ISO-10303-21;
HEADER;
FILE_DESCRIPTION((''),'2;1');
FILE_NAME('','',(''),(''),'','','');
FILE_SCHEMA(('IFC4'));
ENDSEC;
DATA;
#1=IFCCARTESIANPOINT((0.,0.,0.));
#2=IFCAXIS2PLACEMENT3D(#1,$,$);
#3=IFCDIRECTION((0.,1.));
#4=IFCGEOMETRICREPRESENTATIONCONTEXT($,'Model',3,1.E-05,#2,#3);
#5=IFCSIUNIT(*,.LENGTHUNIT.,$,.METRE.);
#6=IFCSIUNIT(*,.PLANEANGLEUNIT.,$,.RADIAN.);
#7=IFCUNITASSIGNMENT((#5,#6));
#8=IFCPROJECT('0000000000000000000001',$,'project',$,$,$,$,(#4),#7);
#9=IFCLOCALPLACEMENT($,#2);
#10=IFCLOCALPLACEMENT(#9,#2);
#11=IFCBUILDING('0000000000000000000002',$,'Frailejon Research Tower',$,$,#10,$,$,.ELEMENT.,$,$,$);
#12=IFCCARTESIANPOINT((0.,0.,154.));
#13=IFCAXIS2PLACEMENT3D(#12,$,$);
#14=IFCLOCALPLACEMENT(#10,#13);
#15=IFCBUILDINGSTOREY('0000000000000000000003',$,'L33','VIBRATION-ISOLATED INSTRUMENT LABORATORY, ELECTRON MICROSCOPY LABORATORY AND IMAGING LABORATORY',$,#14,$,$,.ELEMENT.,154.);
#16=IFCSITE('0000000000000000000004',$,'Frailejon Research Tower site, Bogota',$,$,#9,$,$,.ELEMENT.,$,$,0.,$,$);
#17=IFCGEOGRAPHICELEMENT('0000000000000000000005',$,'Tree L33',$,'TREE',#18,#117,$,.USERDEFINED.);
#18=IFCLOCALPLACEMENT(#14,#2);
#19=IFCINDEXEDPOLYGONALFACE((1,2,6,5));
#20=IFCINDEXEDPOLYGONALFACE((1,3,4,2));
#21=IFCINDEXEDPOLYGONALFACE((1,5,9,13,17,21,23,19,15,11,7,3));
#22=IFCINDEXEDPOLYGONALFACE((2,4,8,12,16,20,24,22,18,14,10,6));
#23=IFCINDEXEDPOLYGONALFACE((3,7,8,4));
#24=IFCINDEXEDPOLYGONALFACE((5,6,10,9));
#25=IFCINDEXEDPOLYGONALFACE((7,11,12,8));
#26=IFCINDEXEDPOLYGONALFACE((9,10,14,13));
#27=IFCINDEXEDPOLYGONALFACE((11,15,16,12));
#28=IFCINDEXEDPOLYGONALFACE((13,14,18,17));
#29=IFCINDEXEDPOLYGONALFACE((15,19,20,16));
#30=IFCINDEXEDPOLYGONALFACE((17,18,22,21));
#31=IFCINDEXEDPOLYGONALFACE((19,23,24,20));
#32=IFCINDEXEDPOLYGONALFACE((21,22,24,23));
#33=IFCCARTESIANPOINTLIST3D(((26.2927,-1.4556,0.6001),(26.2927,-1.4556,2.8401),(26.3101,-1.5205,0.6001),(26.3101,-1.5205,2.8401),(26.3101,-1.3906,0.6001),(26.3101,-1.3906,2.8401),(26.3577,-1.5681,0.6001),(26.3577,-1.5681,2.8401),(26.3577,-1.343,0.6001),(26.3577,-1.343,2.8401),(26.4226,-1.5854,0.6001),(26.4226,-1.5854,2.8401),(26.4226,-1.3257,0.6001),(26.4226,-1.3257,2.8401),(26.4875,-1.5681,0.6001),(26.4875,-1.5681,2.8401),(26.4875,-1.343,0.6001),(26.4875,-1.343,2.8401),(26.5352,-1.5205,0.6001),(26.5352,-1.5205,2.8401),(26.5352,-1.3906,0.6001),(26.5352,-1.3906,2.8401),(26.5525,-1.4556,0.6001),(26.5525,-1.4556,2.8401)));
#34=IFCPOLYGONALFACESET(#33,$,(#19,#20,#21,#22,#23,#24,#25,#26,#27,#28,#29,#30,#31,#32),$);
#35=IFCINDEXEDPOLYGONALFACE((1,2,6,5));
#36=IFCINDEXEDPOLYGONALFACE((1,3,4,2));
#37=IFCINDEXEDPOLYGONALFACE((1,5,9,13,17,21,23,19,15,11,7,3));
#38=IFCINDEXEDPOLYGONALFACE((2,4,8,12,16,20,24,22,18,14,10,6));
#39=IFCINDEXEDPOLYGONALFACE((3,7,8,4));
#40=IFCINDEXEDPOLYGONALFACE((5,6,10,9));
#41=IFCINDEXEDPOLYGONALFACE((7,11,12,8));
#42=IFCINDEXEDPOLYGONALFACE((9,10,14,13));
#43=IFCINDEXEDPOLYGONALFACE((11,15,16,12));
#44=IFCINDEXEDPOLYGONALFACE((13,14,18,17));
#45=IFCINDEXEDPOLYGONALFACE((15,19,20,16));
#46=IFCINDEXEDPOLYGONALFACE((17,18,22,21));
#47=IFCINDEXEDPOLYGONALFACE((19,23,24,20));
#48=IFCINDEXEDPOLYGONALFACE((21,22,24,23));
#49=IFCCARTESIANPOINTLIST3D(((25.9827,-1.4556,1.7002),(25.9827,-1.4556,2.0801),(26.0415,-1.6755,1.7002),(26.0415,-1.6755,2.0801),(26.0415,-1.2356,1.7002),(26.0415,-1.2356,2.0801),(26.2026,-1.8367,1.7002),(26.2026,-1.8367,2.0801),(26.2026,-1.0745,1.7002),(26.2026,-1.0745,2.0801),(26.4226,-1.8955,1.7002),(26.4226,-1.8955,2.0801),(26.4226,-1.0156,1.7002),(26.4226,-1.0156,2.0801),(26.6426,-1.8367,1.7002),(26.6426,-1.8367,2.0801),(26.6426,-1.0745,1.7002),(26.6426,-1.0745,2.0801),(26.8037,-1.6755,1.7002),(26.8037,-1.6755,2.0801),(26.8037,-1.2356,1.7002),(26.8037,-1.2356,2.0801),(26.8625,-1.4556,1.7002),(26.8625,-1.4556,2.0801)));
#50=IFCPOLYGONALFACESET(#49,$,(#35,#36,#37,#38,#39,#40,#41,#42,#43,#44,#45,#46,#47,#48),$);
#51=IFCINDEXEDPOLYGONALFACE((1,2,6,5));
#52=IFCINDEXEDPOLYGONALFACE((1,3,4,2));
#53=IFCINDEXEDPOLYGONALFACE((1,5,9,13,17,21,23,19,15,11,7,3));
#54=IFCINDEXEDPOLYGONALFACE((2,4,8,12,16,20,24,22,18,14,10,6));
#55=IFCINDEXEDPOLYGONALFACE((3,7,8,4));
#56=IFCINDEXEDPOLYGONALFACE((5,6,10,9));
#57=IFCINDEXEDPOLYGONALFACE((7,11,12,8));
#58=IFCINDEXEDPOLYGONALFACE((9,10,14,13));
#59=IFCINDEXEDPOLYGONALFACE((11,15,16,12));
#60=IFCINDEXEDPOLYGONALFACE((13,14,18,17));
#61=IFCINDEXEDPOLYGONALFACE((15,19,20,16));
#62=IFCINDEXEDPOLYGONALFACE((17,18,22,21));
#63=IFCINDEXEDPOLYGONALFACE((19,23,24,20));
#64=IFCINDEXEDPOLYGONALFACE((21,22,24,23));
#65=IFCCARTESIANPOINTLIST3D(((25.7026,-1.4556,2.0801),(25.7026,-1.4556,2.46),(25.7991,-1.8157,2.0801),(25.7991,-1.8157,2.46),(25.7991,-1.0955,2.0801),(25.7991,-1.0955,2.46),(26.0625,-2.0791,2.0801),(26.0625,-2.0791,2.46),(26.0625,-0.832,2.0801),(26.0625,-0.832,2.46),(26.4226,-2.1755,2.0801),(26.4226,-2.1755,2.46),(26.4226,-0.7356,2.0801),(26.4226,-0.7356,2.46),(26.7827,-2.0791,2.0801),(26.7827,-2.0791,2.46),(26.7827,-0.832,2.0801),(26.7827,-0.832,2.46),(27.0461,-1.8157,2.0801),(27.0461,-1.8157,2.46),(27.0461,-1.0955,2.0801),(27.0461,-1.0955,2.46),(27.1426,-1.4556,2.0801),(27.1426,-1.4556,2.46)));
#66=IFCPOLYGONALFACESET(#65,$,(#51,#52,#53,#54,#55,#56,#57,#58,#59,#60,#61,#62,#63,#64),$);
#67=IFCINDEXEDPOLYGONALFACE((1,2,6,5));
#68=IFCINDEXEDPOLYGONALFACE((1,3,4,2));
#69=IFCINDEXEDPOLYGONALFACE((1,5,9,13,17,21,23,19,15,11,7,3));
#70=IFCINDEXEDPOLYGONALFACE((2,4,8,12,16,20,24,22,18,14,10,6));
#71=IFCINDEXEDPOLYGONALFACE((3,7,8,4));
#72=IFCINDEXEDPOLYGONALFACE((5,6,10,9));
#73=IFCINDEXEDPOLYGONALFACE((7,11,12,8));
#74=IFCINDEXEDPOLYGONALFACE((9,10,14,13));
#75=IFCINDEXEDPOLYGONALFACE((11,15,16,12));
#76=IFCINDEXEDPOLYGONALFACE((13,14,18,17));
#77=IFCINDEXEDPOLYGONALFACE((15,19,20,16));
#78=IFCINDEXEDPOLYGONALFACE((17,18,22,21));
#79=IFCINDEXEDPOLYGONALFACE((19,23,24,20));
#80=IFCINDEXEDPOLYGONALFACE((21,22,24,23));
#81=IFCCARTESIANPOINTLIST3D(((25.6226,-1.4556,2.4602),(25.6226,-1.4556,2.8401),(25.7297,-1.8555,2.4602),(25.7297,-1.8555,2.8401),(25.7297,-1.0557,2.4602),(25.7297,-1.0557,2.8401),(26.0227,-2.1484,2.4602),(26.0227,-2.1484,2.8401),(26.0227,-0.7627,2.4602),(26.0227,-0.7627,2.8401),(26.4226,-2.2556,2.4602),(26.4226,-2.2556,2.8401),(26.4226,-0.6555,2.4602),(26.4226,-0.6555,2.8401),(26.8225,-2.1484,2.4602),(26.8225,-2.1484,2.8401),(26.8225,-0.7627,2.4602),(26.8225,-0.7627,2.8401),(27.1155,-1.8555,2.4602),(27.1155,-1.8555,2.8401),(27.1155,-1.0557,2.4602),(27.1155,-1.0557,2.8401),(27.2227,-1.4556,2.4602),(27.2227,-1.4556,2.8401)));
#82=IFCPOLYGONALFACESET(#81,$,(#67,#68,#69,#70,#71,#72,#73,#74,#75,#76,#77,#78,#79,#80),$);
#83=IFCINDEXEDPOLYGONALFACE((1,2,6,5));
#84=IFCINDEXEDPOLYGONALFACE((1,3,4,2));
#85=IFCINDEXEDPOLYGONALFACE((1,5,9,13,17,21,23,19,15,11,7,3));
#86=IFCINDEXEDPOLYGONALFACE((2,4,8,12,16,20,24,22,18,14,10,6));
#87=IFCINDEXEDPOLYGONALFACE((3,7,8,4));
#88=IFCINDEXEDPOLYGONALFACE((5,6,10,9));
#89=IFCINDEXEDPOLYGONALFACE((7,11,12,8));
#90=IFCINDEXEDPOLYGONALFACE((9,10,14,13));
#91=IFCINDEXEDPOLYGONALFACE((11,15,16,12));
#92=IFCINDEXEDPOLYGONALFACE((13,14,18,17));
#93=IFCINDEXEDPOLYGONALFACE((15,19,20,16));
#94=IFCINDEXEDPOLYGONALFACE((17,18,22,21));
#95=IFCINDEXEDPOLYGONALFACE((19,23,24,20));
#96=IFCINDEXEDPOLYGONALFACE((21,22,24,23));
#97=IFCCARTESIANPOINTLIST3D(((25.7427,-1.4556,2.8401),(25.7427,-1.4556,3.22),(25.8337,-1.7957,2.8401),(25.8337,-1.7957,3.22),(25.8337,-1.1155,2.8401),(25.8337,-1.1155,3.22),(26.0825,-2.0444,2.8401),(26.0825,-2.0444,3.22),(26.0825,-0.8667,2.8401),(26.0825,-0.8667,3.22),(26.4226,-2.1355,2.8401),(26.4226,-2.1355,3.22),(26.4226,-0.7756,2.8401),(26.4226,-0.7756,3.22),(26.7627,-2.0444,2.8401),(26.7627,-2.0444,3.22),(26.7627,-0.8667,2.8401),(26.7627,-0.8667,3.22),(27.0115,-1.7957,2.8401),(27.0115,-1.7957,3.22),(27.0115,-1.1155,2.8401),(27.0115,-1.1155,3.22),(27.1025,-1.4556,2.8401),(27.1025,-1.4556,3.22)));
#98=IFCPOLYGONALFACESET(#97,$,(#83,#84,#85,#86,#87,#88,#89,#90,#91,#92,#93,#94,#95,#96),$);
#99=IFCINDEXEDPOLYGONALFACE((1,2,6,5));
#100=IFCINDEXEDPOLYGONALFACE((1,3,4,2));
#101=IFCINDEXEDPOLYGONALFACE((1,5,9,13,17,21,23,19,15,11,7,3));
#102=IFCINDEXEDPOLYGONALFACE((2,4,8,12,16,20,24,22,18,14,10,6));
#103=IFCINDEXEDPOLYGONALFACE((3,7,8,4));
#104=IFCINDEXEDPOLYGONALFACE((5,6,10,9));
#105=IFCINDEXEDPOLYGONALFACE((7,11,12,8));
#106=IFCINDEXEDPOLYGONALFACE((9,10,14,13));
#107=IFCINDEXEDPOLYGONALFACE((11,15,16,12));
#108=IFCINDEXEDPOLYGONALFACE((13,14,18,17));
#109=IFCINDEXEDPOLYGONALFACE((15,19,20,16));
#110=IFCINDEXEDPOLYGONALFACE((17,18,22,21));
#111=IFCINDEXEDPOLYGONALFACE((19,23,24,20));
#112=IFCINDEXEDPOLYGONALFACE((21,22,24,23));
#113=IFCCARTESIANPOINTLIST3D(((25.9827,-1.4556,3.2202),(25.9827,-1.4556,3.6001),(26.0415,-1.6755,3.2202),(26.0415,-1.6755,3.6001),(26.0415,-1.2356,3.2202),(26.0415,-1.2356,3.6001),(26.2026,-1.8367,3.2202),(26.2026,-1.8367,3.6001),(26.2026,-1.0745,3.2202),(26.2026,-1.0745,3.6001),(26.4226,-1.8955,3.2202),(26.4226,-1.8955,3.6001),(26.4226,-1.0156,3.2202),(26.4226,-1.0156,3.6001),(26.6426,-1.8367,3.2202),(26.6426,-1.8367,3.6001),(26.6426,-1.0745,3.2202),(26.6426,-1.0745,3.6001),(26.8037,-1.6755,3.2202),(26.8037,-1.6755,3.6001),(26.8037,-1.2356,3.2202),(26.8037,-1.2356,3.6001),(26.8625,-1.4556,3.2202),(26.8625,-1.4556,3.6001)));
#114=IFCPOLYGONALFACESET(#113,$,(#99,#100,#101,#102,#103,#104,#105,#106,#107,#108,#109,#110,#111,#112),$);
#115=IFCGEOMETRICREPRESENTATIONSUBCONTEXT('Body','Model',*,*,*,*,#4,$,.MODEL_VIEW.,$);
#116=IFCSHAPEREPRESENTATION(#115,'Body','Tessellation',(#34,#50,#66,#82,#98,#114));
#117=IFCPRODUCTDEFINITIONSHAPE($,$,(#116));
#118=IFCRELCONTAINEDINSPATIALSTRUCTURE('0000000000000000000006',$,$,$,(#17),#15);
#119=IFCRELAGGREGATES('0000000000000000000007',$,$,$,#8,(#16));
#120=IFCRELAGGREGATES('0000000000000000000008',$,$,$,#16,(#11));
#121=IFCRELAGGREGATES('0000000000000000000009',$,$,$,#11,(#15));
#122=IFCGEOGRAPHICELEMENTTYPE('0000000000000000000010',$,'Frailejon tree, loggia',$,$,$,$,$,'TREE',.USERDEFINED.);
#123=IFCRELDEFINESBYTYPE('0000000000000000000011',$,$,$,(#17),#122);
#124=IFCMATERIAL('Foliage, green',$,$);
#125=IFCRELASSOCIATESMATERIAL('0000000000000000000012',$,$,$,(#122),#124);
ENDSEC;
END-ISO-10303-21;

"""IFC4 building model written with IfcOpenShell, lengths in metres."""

from ifc_helpers import new_model, si_unit, direction, frame, origin, place, context, subcontext, project, spatial, polyline, outline, extrude, material, type_object, element, save


model = new_model("IFC4")

# Units and contexts
model_context = context("Model", 3, precision=1e-05, world=origin(), true_north=direction((0.0, 1.0)))
body_context = subcontext(model_context, "Body", "Model", "MODEL_VIEW")
ifc_project = project(units=[si_unit("LENGTHUNIT", "METRE"), si_unit("PLANEANGLEUNIT", "RADIAN")], contexts=[model_context])

# Site, building, storey
site_placement = place(None, origin())
site = spatial("IfcSite", under=ifc_project, at=site_placement, Name="Frailejon Research Tower site, Bogota", CompositionType="ELEMENT", RefElevation=0.0)
building_placement = place(site_placement, origin())
building = spatial("IfcBuilding", under=site, at=building_placement, Name="Frailejon Research Tower", CompositionType="ELEMENT")
storey_placement = place(building_placement, frame((0.0, 0.0, 154.0)))
storey = spatial("IfcBuildingStorey", under=building, at=storey_placement, Name="L33", Description="VIBRATION-ISOLATED INSTRUMENT LABORATORY, ELECTRON MICROSCOPY LABORATORY AND IMAGING LABORATORY", CompositionType="ELEMENT", Elevation=154.0)

# Geographic element
ifc_material_1 = material(Name="Foliage, green")
geographic_element_type = type_object("IfcGeographicElementType", Name="Frailejon tree, loggia", ElementType="TREE", PredefinedType="USERDEFINED", material=ifc_material_1)
geographic_element_placement = place(storey_placement, frame((26.4226, -1.4556, 0.6001)))
element("IfcGeographicElement", 1, at=geographic_element_placement, inside=storey, type_object=geographic_element_type, Name="Tree L33", ObjectType="TREE", PredefinedType="USERDEFINED", context=body_context, shape_type="SweptSolid", body=[
    extrude(outline(polyline([(0.1299, 0.0), (0.1125, 0.0649), (0.0649, 0.1125), (0.0, 0.1299), (-0.0649, 0.1125), (-0.1125, 0.0649), (-0.1299, 0.0), (-0.1125, -0.0649), (-0.0649, -0.1125), (0.0, -0.1299), (0.0649, -0.1125), (0.1125, -0.0649), (0.1299, 0.0)])), origin(), (0.0, 0.0, 1.0), 2.24),
    extrude(outline(polyline([(0.4399, 0.0), (0.3811, 0.22), (0.22, 0.3811), (0.0, 0.4399), (-0.22, 0.3811), (-0.3811, 0.22), (-0.4399, 0.0), (-0.3811, -0.22), (-0.22, -0.3811), (0.0, -0.4399), (0.22, -0.3811), (0.3811, -0.22), (0.4399, 0.0)])), frame((0.0, 0.0, 1.1001)), (0.0, 0.0, 1.0), 0.3799),
    extrude(outline(polyline([(0.72, 0.0), (0.6235, 0.3601), (0.3601, 0.6235), (0.0, 0.72), (-0.3601, 0.6235), (-0.6235, 0.3601), (-0.72, 0.0), (-0.6235, -0.3601), (-0.3601, -0.6235), (0.0, -0.72), (0.3601, -0.6235), (0.6235, -0.3601), (0.72, 0.0)])), frame((0.0, 0.0, 1.48)), (0.0, 0.0, 1.0), 0.3799),
    extrude(outline(polyline([(0.8, 0.0), (0.6929, 0.3999), (0.3999, 0.6929), (0.0, 0.8), (-0.3999, 0.6929), (-0.6929, 0.3999), (-0.8, 0.0), (-0.6929, -0.3999), (-0.3999, -0.6929), (0.0, -0.8), (0.3999, -0.6929), (0.6929, -0.3999), (0.8, 0.0)])), frame((0.0, 0.0, 1.8601)), (0.0, 0.0, 1.0), 0.3799),
    extrude(outline(polyline([(0.6799, 0.0), (0.5889, 0.3401), (0.3401, 0.5889), (0.0, 0.6799), (-0.3401, 0.5889), (-0.5889, 0.3401), (-0.6799, 0.0), (-0.5889, -0.3401), (-0.3401, -0.5889), (0.0, -0.6799), (0.3401, -0.5889), (0.5889, -0.3401), (0.6799, 0.0)])), frame((0.0, 0.0, 2.24)), (0.0, 0.0, 1.0), 0.3799),
    extrude(outline(polyline([(0.4399, 0.0), (0.3811, 0.22), (0.22, 0.3811), (0.0, 0.4399), (-0.22, 0.3811), (-0.3811, 0.22), (-0.4399, 0.0), (-0.3811, -0.22), (-0.22, -0.3811), (0.0, -0.4399), (0.22, -0.3811), (0.3811, -0.22), (0.4399, 0.0)])), frame((0.0, 0.0, 2.6201)), (0.0, 0.0, 1.0), 0.3799),
])

save(model, "model.ifc")
